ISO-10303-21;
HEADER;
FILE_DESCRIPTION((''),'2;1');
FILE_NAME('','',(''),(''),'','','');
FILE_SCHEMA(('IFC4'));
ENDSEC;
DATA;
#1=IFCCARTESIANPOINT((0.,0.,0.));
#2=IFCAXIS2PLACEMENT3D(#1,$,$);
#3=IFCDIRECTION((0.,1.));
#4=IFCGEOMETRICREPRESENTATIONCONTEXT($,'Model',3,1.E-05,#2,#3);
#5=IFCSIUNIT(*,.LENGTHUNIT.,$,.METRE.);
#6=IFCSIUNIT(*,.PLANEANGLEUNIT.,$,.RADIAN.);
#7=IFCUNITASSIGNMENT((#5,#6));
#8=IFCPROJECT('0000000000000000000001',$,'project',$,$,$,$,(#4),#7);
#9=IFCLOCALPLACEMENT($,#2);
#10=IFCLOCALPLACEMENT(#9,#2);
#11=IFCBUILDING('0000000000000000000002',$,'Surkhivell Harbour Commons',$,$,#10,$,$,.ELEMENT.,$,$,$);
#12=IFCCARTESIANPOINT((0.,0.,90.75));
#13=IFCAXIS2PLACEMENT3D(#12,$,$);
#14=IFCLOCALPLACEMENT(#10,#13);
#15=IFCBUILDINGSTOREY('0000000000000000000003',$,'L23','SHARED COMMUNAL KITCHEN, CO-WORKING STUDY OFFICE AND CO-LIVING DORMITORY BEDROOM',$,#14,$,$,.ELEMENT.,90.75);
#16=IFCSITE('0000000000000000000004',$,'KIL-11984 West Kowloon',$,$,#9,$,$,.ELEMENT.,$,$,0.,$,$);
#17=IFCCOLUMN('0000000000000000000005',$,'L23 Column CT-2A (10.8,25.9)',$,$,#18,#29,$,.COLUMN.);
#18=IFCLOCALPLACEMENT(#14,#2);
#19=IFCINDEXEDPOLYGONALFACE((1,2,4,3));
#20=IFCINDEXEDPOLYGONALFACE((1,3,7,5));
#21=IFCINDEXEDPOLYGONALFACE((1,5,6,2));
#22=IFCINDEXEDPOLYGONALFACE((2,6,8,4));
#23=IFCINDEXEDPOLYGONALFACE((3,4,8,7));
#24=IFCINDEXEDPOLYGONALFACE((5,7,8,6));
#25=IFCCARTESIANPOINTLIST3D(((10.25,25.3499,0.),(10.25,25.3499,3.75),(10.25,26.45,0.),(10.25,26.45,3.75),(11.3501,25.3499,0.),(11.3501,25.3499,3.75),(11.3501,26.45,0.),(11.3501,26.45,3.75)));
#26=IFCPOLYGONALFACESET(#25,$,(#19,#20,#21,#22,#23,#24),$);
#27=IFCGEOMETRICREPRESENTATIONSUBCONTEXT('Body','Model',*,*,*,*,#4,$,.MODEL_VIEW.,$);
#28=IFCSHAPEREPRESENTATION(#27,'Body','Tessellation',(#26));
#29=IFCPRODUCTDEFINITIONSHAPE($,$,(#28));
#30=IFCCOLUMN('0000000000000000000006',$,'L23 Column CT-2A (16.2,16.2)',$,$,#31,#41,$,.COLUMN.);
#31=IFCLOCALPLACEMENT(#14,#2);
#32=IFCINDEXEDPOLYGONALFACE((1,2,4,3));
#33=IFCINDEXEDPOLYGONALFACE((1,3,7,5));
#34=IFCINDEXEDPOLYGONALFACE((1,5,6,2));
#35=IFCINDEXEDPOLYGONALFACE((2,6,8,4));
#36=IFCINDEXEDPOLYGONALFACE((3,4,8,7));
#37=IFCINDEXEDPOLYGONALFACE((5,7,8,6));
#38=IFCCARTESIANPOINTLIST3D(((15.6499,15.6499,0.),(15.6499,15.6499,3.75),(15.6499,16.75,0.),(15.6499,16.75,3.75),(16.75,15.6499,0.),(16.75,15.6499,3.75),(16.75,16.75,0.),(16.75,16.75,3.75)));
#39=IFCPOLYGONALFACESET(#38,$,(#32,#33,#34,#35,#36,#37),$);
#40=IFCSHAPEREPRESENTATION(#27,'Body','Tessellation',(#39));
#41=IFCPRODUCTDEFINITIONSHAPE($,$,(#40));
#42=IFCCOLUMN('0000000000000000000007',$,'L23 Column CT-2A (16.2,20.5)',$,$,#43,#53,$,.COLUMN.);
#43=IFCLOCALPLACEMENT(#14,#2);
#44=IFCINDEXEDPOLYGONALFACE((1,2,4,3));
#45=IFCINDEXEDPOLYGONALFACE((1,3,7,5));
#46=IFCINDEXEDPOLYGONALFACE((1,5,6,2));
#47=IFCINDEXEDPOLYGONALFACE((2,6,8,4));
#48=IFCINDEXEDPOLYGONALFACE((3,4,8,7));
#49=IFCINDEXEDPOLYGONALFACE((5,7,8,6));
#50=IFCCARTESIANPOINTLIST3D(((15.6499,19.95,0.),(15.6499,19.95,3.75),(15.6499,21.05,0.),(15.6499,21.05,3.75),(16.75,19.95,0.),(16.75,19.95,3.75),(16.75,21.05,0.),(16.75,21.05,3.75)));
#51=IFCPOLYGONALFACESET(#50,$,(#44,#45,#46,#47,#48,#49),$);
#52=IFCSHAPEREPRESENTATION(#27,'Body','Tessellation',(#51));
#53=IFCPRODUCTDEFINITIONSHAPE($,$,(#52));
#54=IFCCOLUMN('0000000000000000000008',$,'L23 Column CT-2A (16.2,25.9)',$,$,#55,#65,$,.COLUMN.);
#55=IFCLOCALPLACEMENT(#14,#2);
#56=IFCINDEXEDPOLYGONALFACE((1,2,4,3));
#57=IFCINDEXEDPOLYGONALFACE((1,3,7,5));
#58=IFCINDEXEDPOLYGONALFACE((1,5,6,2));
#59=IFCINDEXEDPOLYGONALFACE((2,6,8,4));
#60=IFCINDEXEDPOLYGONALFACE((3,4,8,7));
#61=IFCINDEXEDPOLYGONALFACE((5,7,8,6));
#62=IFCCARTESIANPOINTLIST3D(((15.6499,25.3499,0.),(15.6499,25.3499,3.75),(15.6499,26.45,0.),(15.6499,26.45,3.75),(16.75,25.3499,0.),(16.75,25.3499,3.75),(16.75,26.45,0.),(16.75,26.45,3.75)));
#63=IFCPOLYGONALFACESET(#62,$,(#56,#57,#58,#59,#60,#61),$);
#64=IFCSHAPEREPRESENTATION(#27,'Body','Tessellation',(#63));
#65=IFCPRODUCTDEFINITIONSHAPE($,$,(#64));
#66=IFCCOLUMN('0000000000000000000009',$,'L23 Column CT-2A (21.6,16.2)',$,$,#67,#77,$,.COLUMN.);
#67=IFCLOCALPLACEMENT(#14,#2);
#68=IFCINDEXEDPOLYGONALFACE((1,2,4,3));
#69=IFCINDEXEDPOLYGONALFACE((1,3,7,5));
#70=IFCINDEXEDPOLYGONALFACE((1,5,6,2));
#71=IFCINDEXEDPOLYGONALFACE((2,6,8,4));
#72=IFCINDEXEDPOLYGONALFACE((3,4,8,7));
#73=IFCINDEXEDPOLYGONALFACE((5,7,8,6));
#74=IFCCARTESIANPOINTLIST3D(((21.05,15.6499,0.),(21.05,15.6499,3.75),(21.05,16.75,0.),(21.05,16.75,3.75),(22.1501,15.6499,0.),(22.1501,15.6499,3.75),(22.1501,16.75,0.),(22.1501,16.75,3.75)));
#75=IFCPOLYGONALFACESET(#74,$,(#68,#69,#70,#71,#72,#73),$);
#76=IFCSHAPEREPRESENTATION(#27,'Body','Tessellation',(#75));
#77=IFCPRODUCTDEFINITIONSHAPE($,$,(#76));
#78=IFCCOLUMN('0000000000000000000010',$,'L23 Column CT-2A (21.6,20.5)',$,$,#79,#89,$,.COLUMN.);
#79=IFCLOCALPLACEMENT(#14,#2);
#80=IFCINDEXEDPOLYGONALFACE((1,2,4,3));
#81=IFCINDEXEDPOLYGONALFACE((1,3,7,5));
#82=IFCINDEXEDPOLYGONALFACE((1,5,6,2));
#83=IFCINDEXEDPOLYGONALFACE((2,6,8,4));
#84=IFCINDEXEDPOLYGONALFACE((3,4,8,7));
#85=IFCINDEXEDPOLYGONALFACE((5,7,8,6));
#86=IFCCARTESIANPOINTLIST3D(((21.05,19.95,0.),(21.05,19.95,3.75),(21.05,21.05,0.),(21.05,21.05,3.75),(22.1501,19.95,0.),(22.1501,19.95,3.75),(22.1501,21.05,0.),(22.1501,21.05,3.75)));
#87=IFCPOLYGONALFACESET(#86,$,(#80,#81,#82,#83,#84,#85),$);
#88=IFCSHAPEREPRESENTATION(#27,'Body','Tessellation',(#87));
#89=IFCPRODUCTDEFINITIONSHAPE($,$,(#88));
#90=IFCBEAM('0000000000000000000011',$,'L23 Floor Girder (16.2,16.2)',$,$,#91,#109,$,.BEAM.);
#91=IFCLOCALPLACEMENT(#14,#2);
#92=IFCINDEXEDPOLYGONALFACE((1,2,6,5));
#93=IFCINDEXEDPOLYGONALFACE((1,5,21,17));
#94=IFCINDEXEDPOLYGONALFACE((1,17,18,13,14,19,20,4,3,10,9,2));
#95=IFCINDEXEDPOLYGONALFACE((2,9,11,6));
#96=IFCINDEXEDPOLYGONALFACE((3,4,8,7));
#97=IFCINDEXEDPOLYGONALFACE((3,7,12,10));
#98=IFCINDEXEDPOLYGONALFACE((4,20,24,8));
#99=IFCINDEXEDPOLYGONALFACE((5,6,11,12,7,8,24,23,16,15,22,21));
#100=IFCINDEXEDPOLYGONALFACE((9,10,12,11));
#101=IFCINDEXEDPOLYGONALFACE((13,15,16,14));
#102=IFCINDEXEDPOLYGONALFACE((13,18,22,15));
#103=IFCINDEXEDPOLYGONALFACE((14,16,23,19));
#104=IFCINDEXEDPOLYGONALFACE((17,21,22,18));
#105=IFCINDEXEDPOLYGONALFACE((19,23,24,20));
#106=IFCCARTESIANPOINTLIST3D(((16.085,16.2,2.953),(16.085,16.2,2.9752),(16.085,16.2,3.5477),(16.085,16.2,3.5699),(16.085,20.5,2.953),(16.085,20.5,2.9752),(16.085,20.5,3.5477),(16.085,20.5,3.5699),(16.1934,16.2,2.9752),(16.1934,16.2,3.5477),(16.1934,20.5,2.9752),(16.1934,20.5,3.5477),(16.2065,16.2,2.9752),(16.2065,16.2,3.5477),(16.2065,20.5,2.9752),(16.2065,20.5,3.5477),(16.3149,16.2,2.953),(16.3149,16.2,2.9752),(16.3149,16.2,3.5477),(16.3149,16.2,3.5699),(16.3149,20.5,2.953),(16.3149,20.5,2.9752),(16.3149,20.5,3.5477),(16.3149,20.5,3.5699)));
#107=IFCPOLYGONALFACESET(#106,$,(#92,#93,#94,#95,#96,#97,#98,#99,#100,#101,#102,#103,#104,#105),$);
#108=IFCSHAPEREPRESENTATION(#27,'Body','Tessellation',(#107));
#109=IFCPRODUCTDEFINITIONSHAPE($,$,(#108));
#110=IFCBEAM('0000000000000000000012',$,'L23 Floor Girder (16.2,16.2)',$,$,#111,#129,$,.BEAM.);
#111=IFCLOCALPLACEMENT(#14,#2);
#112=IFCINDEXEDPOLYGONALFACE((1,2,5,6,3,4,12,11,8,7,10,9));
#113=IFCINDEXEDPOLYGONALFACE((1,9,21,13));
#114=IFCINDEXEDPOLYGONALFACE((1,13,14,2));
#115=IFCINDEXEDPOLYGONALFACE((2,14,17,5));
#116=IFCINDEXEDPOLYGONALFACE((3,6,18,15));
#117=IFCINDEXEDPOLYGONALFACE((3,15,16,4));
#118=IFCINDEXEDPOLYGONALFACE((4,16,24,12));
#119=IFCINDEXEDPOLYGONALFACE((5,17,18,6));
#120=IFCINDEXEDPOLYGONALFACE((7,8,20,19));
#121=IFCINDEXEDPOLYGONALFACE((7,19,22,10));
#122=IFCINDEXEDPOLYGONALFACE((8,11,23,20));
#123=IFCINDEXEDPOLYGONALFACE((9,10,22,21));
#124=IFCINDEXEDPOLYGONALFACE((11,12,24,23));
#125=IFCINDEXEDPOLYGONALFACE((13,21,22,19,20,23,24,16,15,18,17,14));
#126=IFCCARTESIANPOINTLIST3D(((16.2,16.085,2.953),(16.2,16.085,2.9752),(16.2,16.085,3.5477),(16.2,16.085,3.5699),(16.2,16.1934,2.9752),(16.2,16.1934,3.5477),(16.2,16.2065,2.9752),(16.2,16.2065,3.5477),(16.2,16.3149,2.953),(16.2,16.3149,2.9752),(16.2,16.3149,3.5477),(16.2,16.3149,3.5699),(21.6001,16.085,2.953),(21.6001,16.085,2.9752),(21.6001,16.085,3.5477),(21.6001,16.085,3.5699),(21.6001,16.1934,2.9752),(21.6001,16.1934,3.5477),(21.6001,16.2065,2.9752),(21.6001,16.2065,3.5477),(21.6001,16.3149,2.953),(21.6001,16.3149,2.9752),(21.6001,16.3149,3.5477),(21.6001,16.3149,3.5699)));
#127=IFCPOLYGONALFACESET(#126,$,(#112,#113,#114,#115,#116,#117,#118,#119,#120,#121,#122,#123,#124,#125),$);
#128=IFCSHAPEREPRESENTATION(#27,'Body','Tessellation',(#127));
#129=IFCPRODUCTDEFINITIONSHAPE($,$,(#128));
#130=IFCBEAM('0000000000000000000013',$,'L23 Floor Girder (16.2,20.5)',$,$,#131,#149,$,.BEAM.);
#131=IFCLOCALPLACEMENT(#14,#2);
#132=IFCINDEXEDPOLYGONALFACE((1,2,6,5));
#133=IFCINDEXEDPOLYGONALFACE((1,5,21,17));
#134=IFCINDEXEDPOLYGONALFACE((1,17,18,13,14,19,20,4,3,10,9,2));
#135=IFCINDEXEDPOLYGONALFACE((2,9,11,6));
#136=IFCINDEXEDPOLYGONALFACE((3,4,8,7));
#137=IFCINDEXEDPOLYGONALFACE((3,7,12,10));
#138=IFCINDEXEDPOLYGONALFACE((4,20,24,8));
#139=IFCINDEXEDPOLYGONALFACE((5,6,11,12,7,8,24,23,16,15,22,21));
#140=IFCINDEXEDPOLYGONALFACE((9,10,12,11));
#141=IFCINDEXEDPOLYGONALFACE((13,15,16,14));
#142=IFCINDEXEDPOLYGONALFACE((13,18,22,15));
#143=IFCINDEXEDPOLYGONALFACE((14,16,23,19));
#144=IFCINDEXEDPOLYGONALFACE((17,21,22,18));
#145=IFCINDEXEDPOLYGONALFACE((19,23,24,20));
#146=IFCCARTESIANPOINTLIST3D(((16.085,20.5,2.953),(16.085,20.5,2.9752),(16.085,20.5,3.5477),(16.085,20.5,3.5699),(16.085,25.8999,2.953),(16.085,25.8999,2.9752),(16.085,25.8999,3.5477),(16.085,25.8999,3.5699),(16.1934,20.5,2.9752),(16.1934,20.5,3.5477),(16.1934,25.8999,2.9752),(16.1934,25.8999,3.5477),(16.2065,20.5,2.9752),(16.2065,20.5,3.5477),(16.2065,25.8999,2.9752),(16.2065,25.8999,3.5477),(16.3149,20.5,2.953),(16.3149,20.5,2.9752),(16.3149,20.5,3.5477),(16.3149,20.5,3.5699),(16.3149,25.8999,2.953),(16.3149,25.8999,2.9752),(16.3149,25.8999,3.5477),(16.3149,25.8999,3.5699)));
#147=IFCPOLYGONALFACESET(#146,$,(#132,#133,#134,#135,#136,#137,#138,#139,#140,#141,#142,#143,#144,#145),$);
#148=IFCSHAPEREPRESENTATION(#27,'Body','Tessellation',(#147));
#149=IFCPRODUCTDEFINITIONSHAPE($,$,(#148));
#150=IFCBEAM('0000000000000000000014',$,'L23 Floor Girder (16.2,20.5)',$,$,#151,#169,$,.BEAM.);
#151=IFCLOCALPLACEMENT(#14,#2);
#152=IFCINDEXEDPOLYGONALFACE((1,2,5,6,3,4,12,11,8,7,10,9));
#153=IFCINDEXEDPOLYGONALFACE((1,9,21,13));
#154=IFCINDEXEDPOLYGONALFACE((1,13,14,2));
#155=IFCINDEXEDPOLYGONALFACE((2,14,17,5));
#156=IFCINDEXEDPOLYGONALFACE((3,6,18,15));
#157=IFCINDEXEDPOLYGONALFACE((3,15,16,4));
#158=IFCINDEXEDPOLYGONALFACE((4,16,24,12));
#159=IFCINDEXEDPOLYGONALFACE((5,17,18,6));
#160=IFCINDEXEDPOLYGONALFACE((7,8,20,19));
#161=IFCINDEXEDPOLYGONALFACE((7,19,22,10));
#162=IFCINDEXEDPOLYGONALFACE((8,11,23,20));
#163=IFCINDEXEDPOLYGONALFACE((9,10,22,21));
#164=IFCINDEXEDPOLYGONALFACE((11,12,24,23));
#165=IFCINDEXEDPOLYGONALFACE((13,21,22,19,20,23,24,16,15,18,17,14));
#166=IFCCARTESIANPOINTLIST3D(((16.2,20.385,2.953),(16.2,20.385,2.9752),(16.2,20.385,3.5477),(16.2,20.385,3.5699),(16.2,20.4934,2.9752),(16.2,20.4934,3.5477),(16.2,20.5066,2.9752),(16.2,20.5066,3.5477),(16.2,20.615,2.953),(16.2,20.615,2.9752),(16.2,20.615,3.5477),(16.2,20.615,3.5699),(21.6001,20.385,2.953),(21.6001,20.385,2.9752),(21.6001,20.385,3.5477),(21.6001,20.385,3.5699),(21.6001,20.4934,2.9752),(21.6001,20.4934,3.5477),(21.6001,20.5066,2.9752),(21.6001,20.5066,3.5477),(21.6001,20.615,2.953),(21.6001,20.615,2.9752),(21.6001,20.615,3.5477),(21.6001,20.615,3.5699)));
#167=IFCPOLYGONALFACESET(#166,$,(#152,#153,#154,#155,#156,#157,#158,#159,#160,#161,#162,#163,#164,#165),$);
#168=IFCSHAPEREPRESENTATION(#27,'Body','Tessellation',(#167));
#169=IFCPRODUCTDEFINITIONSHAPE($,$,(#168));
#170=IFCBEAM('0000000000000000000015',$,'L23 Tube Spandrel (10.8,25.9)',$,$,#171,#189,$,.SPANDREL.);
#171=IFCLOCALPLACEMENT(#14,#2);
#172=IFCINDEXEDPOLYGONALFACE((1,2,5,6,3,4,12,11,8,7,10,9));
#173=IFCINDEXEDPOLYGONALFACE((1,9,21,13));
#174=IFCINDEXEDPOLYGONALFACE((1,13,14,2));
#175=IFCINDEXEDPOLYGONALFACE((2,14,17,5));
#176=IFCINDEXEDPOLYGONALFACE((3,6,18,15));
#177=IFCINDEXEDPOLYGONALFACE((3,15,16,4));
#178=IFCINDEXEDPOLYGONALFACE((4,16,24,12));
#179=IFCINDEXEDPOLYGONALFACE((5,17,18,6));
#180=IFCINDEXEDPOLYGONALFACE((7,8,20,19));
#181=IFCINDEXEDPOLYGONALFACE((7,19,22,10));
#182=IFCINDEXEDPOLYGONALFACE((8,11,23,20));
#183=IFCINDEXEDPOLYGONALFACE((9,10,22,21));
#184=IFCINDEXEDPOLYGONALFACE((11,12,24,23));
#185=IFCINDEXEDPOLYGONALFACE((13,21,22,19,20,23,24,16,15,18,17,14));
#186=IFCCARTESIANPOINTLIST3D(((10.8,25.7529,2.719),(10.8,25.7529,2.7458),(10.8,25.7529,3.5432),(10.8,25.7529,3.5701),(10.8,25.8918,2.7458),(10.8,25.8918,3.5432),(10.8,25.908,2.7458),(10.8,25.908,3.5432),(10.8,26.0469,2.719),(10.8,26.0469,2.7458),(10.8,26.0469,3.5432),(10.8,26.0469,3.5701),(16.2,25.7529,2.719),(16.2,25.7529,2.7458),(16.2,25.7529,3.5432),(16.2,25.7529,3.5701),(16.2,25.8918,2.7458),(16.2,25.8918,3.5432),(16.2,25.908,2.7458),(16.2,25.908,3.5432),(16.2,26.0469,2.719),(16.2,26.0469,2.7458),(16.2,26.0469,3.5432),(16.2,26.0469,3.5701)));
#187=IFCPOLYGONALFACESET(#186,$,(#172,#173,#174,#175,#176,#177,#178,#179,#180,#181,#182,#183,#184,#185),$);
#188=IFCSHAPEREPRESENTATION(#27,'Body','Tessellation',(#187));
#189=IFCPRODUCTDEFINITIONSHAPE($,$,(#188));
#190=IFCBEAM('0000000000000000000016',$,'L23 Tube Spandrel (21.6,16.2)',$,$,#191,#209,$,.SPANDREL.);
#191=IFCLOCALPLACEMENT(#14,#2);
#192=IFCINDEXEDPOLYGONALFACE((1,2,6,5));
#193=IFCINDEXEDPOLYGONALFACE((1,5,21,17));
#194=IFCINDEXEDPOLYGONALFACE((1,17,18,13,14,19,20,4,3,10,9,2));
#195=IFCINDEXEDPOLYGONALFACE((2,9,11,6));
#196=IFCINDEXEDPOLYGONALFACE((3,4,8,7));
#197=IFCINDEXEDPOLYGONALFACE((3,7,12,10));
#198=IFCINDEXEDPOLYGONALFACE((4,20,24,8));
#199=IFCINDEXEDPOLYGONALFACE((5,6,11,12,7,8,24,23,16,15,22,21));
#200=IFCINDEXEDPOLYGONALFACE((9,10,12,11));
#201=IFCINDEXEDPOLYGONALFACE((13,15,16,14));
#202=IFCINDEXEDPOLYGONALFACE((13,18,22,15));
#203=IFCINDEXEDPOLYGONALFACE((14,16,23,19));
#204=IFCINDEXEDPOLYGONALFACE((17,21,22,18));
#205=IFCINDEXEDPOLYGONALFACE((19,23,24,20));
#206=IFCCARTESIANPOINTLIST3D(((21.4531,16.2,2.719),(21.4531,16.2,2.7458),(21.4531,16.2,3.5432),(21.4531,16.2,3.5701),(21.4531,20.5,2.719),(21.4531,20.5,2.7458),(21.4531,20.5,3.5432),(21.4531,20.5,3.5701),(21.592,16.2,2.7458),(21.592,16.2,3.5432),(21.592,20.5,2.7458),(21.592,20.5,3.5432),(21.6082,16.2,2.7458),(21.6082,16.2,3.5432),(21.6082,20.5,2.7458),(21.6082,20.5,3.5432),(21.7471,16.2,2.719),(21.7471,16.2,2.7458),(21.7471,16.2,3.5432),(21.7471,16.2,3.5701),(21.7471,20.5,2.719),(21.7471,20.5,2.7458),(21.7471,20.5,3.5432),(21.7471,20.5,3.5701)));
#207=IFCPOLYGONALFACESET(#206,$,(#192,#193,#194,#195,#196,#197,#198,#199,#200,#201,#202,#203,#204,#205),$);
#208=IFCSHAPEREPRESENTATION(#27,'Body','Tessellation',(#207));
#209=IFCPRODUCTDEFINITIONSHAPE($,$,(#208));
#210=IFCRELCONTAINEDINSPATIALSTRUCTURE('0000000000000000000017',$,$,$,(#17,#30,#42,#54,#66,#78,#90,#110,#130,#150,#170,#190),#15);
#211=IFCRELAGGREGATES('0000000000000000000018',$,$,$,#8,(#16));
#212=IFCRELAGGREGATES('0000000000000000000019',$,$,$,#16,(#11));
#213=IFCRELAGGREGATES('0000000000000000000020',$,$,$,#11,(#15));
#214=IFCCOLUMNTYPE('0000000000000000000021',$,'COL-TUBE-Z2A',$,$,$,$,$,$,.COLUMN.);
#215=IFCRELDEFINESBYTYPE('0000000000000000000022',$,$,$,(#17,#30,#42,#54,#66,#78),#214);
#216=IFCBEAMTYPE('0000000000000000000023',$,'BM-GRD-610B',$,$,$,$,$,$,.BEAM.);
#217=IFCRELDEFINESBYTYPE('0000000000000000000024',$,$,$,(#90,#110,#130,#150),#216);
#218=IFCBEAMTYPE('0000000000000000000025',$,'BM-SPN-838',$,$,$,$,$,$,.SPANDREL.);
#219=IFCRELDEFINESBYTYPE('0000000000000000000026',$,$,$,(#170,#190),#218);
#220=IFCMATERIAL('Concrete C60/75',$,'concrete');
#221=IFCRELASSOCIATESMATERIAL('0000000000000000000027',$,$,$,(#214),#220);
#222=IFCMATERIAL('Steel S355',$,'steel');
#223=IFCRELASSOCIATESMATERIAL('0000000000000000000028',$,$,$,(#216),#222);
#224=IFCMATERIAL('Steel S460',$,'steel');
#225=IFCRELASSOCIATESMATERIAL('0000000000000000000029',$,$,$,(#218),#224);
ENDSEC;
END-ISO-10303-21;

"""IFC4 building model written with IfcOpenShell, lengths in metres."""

from ifc_helpers import new_model, si_unit, direction, frame, origin, origin_2d, place, context, subcontext, project, spatial, rectangle, i_section, extrude, material, material_profile, profile_set, type_object, element, save


model = new_model("IFC4")

# Units and contexts
model_context = context("Model", 3, precision=1e-05, world=origin(), true_north=direction((0.0, 1.0)))
body_context = subcontext(model_context, "Body", "Model", "MODEL_VIEW")
ifc_project = project(units=[si_unit("LENGTHUNIT", "METRE"), si_unit("PLANEANGLEUNIT", "RADIAN")], contexts=[model_context])

# Site, building, storey
site_placement = place(None, origin())
site = spatial("IfcSite", under=ifc_project, at=site_placement, Name="KIL-11984 West Kowloon", CompositionType="ELEMENT", RefElevation=0.0)
building_placement = place(site_placement, origin())
building = spatial("IfcBuilding", under=site, at=building_placement, Name="Surkhivell Harbour Commons", CompositionType="ELEMENT")
storey_placement = place(building_placement, frame((0.0, 0.0, 90.75)))
storey = spatial("IfcBuildingStorey", under=building, at=storey_placement, Name="L23", Description="SHARED COMMUNAL KITCHEN, CO-WORKING STUDY OFFICE AND CO-LIVING DORMITORY BEDROOM", CompositionType="ELEMENT", Elevation=90.75)

# Columns
ifc_material_1 = material(Name="Concrete C60/75", Category="concrete")
ifc_material_profile_1 = material_profile(ifc_material_1, rectangle(XDim=1.1001, YDim=1.1001, at=origin_2d()), Name="RC-COL-1100x1100")
ifc_profile_set_1 = profile_set([ifc_material_profile_1], Name="Concrete C60/75")
column_type = type_object("IfcColumnType", Name="COL-TUBE-Z2A", PredefinedType="COLUMN", material=ifc_profile_set_1)
for number, where, z_axis, x_axis, name in (
    (1, (10.8, 25.8999, 0.0), (0.0, 0.0, 1.0), (1.0, 0.0, 0.0), "L23 Column CT-2A (10.8,25.9)"),
    (2, (16.2, 16.2, 0.0), (0.0, 0.0, 1.0), (1.0, 0.0, 0.0), "L23 Column CT-2A (16.2,16.2)"),
    (3, (16.2, 20.5, 0.0), (0.0, 0.0, 1.0), (1.0, 0.0, 0.0), "L23 Column CT-2A (16.2,20.5)"),
    (4, (16.2, 25.8999, 0.0), (0.0, 0.0, 1.0), (1.0, 0.0, 0.0), "L23 Column CT-2A (16.2,25.9)"),
    (5, (21.6001, 16.2, 0.0), (0.0, 0.0, 1.0), (1.0, 0.0, 0.0), "L23 Column CT-2A (21.6,16.2)"),
    (6, (21.6001, 20.5, 0.0), (0.0, 0.0, 1.0), (1.0, 0.0, 0.0), "L23 Column CT-2A (21.6,20.5)"),
):
    element("IfcColumn", number, at=place(storey_placement, frame(where, z_axis=z_axis, x_axis=x_axis)), inside=storey, type_object=column_type, Name=name, PredefinedType="COLUMN", context=body_context, shape_type="SweptSolid", body=[
        extrude(rectangle(XDim=1.1001, YDim=1.1001, at=origin_2d()), origin(), (0.0, 0.0, 1.0), 3.75),
    ])

# Beams
ifc_material_2 = material(Name="Steel S355", Category="steel")
ifc_material_profile_2 = material_profile(ifc_material_2, i_section(OverallWidth=0.23, OverallDepth=0.6169, WebThickness=0.0132, FlangeThickness=0.0222, at=origin_2d()), Name="UB610x229x140")
ifc_profile_set_2 = profile_set([ifc_material_profile_2], Name="Steel S355")
beam_type_1 = type_object("IfcBeamType", Name="BM-GRD-610B", PredefinedType="BEAM", material=ifc_profile_set_2)
beam_1_placement = place(storey_placement, frame((16.2, 16.2, 3.2615), z_axis=(0.0, 1.0, 0.0), x_axis=(-1.0, 0.0, 0.0)))
element("IfcBeam", 7, at=beam_1_placement, inside=storey, type_object=beam_type_1, Name="L23 Floor Girder (16.2,16.2)", PredefinedType="BEAM", context=body_context, shape_type="SweptSolid", body=[
    extrude(i_section(OverallWidth=0.23, OverallDepth=0.6169, WebThickness=0.0132, FlangeThickness=0.0222, at=origin_2d()), origin(), (0.0, 0.0, 1.0), 4.3),
])
beam_2_placement = place(storey_placement, frame((16.2, 16.2, 3.2615), z_axis=(1.0, 0.0, 0.0), x_axis=(0.0, 1.0, 0.0)))
element("IfcBeam", 8, at=beam_2_placement, inside=storey, type_object=beam_type_1, Name="L23 Floor Girder (16.2,16.2)", PredefinedType="BEAM", context=body_context, shape_type="SweptSolid", body=[
    extrude(i_section(OverallWidth=0.23, OverallDepth=0.6169, WebThickness=0.0132, FlangeThickness=0.0222, at=origin_2d()), origin(), (0.0, 0.0, 1.0), 5.4001),
])
beam_3_placement = place(storey_placement, frame((16.2, 20.5, 3.2615), z_axis=(0.0, 1.0, 0.0), x_axis=(-1.0, 0.0, 0.0)))
element("IfcBeam", 9, at=beam_3_placement, inside=storey, type_object=beam_type_1, Name="L23 Floor Girder (16.2,20.5)", PredefinedType="BEAM", context=body_context, shape_type="SweptSolid", body=[
    extrude(i_section(OverallWidth=0.23, OverallDepth=0.6169, WebThickness=0.0132, FlangeThickness=0.0222, at=origin_2d()), origin(), (0.0, 0.0, 1.0), 5.3999),
])
beam_4_placement = place(storey_placement, frame((16.2, 20.5, 3.2615), z_axis=(1.0, 0.0, 0.0), x_axis=(0.0, 1.0, 0.0)))
element("IfcBeam", 10, at=beam_4_placement, inside=storey, type_object=beam_type_1, Name="L23 Floor Girder (16.2,20.5)", PredefinedType="BEAM", context=body_context, shape_type="SweptSolid", body=[
    extrude(i_section(OverallWidth=0.23, OverallDepth=0.6169, WebThickness=0.0132, FlangeThickness=0.0222, at=origin_2d()), origin(), (0.0, 0.0, 1.0), 5.4001),
])
ifc_material_3 = material(Name="Steel S460", Category="steel")
ifc_material_profile_3 = material_profile(ifc_material_3, i_section(OverallWidth=0.2939, OverallDepth=0.8511, WebThickness=0.0161, FlangeThickness=0.0269, at=origin_2d()), Name="UB838x292x226")
ifc_profile_set_3 = profile_set([ifc_material_profile_3], Name="Steel S460")
beam_type_2 = type_object("IfcBeamType", Name="BM-SPN-838", PredefinedType="SPANDREL", material=ifc_profile_set_3)
beam_5_placement = place(storey_placement, frame((10.8, 25.8999, 3.1445), z_axis=(1.0, 0.0, 0.0), x_axis=(0.0, 1.0, 0.0)))
element("IfcBeam", 11, at=beam_5_placement, inside=storey, type_object=beam_type_2, Name="L23 Tube Spandrel (10.8,25.9)", PredefinedType="SPANDREL", context=body_context, shape_type="SweptSolid", body=[
    extrude(i_section(OverallWidth=0.2939, OverallDepth=0.8511, WebThickness=0.0161, FlangeThickness=0.0269, at=origin_2d()), origin(), (0.0, 0.0, 1.0), 5.3999),
])
beam_6_placement = place(storey_placement, frame((21.6001, 16.2, 3.1445), z_axis=(0.0, 1.0, 0.0), x_axis=(-1.0, 0.0, 0.0)))
element("IfcBeam", 12, at=beam_6_placement, inside=storey, type_object=beam_type_2, Name="L23 Tube Spandrel (21.6,16.2)", PredefinedType="SPANDREL", context=body_context, shape_type="SweptSolid", body=[
    extrude(i_section(OverallWidth=0.2939, OverallDepth=0.8511, WebThickness=0.0161, FlangeThickness=0.0269, at=origin_2d()), origin(), (0.0, 0.0, 1.0), 4.3),
])

save(model, "model.ifc")
